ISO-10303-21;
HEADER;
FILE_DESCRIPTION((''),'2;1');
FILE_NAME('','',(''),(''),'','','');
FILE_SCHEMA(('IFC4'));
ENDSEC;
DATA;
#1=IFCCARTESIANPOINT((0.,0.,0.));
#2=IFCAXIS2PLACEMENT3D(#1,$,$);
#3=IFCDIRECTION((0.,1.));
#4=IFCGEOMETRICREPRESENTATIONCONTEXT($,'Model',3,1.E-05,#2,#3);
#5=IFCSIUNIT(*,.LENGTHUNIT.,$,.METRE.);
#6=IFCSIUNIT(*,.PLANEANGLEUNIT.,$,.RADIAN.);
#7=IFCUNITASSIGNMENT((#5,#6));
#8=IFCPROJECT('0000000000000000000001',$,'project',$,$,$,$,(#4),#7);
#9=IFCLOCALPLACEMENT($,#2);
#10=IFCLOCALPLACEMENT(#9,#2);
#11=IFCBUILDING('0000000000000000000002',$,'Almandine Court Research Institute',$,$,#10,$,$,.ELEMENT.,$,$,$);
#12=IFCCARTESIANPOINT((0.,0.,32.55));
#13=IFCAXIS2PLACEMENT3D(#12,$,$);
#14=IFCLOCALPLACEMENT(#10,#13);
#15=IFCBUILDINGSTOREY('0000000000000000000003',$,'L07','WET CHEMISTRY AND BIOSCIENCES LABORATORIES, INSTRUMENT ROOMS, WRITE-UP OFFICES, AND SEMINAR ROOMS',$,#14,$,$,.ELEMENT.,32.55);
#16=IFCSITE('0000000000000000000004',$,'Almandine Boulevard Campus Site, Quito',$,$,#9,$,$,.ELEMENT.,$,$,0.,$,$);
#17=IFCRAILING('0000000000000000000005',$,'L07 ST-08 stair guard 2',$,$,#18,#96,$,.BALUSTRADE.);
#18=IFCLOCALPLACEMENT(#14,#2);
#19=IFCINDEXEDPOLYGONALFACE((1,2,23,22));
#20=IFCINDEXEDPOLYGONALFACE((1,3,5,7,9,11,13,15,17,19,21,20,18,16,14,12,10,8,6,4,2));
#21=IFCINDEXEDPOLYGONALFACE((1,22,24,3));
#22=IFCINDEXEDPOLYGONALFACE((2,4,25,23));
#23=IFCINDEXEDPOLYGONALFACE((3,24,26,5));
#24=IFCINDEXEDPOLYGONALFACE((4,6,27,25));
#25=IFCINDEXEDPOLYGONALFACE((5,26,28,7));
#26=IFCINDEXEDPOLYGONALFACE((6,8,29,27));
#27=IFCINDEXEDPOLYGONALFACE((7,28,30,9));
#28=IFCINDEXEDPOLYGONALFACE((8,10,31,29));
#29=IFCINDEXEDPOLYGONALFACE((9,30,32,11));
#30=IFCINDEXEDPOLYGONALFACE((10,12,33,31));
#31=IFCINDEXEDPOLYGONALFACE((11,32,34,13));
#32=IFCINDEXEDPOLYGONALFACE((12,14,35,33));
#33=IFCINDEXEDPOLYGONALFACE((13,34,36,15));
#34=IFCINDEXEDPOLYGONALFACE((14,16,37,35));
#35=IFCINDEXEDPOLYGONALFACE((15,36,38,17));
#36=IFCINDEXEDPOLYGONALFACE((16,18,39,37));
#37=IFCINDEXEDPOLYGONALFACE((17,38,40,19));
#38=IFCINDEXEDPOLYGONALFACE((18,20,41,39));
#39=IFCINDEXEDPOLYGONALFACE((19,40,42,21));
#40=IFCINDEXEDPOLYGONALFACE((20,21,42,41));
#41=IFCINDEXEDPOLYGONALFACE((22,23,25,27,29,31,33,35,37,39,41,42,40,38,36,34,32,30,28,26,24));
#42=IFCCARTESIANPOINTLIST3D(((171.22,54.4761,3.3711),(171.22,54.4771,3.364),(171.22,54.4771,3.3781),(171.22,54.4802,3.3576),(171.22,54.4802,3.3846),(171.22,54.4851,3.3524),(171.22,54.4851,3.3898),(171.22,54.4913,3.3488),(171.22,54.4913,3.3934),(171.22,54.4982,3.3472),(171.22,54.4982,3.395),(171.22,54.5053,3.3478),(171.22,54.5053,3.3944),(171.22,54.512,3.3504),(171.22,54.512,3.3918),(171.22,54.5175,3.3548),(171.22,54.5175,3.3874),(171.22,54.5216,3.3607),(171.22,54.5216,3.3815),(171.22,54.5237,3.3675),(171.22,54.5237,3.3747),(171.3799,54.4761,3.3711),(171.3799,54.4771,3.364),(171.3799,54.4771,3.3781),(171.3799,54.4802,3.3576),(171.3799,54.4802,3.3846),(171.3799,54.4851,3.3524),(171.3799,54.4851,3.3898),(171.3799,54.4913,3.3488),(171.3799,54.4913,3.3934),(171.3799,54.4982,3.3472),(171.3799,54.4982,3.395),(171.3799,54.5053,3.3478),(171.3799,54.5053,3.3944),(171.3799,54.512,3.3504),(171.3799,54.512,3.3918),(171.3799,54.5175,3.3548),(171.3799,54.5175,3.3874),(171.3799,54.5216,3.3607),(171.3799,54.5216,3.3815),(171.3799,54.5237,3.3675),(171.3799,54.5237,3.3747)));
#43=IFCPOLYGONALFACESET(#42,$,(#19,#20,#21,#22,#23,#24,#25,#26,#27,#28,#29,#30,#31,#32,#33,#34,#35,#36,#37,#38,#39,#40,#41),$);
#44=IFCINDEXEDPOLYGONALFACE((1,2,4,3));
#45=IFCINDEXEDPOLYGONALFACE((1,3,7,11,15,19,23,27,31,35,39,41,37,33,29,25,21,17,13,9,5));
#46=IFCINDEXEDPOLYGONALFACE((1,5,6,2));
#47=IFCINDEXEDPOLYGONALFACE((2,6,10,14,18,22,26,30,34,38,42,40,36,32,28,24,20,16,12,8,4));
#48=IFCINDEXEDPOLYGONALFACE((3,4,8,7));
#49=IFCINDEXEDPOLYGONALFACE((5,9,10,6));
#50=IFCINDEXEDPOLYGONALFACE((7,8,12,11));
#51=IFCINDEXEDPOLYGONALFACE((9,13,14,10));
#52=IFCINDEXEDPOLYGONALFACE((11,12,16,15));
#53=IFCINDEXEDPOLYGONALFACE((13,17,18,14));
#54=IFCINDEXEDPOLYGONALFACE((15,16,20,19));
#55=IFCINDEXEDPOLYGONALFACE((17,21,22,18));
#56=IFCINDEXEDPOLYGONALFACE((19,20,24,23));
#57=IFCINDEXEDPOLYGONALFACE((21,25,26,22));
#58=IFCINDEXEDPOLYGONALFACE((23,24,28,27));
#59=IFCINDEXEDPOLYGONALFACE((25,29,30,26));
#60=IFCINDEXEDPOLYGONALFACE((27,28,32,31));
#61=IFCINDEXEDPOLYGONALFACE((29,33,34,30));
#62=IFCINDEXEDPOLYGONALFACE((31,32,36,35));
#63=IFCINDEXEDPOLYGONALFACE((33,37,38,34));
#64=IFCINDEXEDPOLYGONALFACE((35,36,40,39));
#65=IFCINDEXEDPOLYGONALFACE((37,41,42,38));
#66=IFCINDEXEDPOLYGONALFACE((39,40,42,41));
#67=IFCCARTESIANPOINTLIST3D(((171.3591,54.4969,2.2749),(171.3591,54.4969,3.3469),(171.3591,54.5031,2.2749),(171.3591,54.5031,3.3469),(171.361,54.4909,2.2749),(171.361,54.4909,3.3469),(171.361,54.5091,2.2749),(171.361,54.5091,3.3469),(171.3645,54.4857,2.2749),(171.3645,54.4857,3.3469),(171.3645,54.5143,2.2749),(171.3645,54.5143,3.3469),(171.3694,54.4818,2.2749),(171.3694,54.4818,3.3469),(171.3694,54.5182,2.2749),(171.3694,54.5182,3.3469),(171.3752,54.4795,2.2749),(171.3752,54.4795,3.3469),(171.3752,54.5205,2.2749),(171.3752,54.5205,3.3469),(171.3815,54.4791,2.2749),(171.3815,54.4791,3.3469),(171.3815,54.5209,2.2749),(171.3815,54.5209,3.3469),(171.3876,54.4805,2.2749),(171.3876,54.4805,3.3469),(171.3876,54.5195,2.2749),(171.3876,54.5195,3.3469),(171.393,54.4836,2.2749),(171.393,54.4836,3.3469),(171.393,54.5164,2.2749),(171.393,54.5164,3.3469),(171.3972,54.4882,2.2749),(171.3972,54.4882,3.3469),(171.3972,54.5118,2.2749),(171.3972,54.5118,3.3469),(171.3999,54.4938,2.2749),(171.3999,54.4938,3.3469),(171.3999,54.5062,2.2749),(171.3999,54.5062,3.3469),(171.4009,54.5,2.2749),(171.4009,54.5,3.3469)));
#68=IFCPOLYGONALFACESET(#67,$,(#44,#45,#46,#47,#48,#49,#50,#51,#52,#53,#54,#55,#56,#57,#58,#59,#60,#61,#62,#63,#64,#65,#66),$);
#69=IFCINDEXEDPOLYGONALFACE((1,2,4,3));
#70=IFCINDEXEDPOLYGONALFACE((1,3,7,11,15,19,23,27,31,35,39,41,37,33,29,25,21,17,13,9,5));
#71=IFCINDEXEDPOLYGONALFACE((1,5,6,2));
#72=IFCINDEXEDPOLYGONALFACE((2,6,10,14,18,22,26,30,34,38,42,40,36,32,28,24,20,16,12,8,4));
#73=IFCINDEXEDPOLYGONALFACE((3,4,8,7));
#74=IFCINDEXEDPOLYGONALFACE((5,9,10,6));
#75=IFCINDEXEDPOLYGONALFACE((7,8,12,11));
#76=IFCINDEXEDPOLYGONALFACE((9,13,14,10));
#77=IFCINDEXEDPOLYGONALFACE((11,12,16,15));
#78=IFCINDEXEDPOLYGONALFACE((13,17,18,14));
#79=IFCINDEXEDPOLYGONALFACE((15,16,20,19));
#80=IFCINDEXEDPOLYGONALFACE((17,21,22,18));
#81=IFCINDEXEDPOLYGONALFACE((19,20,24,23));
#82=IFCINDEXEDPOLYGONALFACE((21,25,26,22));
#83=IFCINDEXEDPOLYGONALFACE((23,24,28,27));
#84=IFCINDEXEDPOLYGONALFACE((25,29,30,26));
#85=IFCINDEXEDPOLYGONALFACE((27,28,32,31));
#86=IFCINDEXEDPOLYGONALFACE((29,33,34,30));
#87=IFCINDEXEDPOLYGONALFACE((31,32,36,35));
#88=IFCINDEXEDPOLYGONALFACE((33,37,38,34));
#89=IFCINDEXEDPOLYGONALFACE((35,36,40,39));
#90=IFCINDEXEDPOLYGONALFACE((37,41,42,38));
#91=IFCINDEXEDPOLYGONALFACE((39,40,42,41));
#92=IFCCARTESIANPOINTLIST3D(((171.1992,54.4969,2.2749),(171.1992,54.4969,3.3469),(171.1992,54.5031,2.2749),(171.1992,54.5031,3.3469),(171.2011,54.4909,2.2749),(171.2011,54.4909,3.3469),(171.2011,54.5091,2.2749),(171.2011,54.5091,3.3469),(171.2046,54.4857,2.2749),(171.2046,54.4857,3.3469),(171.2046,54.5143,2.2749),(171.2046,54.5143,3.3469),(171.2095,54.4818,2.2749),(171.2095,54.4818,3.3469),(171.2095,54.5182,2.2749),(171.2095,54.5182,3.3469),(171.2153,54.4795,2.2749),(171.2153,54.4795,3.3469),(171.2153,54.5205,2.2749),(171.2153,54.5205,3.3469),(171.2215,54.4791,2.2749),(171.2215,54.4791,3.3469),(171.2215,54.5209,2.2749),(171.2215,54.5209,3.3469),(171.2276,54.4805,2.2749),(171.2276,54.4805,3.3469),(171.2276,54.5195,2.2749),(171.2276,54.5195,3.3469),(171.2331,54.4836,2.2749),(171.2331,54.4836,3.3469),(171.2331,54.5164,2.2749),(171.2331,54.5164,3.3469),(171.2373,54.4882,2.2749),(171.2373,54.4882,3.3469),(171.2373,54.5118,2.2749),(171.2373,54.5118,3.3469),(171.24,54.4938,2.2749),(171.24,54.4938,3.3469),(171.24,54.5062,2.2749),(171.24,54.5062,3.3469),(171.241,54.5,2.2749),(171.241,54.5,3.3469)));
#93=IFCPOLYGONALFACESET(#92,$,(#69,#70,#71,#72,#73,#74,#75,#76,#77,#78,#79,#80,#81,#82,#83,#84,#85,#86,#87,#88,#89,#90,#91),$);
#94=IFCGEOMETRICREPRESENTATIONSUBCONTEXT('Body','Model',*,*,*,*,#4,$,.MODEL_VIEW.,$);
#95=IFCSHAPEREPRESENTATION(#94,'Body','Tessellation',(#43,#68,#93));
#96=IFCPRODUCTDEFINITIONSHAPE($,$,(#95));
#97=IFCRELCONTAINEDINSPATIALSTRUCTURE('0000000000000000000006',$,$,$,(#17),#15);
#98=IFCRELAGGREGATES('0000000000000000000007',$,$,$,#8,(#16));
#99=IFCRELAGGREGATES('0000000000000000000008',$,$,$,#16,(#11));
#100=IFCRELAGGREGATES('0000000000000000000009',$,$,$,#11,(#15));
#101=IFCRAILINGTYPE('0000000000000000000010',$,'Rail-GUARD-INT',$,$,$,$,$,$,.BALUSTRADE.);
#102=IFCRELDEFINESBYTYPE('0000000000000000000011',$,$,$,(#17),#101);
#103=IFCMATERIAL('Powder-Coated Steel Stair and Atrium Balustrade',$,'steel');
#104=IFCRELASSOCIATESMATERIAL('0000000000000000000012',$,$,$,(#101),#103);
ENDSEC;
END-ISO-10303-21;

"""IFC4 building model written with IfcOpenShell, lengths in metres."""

from ifc_helpers import new_model, si_unit, direction, frame, origin, origin_2d, place, context, subcontext, project, spatial, circle, extrude, material, type_object, element, save


model = new_model("IFC4")

# Units and contexts
model_context = context("Model", 3, precision=1e-05, world=origin(), true_north=direction((0.0, 1.0)))
body_context = subcontext(model_context, "Body", "Model", "MODEL_VIEW")
ifc_project = project(units=[si_unit("LENGTHUNIT", "METRE"), si_unit("PLANEANGLEUNIT", "RADIAN")], contexts=[model_context])

# Site, building, storey
site_placement = place(None, origin())
site = spatial("IfcSite", under=ifc_project, at=site_placement, Name="Almandine Boulevard Campus Site, Quito", CompositionType="ELEMENT", RefElevation=0.0)
building_placement = place(site_placement, origin())
building = spatial("IfcBuilding", under=site, at=building_placement, Name="Almandine Court Research Institute", CompositionType="ELEMENT")
storey_placement = place(building_placement, frame((0.0, 0.0, 32.55)))
storey = spatial("IfcBuildingStorey", under=building, at=storey_placement, Name="L07", Description="WET CHEMISTRY AND BIOSCIENCES LABORATORIES, INSTRUMENT ROOMS, WRITE-UP OFFICES, AND SEMINAR ROOMS", CompositionType="ELEMENT", Elevation=32.55)

# Railing
ifc_material_1 = material(Name="Powder-Coated Steel Stair and Atrium Balustrade", Category="steel")
railing_type_1 = type_object("IfcRailingType", Name="Rail-GUARD-INT", PredefinedType="BALUSTRADE", material=ifc_material_1)
railing_1_placement = place(storey_placement, frame((171.3799, 54.5, 2.2749)))
element("IfcRailing", 1, at=railing_1_placement, inside=storey, type_object=railing_type_1, Name="L07 ST-08 stair guard 2", PredefinedType="BALUSTRADE", context=body_context, shape_type="SweptSolid", body=[
    extrude(circle(Radius=0.0239, at=origin_2d()), frame((0.0, 0.0, 1.0962), z_axis=(-1.0, 0.0, 0.0), x_axis=(0.0, -1.0, 0.0)), (0.0, 0.0, 1.0), 0.1599),
    extrude(circle(Radius=0.021, at=origin_2d()), origin(), (0.0, 0.0, 1.0), 1.072),
    extrude(circle(Radius=0.021, at=origin_2d()), frame((-0.1599, 0.0, 0.0)), (0.0, 0.0, 1.0), 1.072),
])

save(model, "model.ifc")
